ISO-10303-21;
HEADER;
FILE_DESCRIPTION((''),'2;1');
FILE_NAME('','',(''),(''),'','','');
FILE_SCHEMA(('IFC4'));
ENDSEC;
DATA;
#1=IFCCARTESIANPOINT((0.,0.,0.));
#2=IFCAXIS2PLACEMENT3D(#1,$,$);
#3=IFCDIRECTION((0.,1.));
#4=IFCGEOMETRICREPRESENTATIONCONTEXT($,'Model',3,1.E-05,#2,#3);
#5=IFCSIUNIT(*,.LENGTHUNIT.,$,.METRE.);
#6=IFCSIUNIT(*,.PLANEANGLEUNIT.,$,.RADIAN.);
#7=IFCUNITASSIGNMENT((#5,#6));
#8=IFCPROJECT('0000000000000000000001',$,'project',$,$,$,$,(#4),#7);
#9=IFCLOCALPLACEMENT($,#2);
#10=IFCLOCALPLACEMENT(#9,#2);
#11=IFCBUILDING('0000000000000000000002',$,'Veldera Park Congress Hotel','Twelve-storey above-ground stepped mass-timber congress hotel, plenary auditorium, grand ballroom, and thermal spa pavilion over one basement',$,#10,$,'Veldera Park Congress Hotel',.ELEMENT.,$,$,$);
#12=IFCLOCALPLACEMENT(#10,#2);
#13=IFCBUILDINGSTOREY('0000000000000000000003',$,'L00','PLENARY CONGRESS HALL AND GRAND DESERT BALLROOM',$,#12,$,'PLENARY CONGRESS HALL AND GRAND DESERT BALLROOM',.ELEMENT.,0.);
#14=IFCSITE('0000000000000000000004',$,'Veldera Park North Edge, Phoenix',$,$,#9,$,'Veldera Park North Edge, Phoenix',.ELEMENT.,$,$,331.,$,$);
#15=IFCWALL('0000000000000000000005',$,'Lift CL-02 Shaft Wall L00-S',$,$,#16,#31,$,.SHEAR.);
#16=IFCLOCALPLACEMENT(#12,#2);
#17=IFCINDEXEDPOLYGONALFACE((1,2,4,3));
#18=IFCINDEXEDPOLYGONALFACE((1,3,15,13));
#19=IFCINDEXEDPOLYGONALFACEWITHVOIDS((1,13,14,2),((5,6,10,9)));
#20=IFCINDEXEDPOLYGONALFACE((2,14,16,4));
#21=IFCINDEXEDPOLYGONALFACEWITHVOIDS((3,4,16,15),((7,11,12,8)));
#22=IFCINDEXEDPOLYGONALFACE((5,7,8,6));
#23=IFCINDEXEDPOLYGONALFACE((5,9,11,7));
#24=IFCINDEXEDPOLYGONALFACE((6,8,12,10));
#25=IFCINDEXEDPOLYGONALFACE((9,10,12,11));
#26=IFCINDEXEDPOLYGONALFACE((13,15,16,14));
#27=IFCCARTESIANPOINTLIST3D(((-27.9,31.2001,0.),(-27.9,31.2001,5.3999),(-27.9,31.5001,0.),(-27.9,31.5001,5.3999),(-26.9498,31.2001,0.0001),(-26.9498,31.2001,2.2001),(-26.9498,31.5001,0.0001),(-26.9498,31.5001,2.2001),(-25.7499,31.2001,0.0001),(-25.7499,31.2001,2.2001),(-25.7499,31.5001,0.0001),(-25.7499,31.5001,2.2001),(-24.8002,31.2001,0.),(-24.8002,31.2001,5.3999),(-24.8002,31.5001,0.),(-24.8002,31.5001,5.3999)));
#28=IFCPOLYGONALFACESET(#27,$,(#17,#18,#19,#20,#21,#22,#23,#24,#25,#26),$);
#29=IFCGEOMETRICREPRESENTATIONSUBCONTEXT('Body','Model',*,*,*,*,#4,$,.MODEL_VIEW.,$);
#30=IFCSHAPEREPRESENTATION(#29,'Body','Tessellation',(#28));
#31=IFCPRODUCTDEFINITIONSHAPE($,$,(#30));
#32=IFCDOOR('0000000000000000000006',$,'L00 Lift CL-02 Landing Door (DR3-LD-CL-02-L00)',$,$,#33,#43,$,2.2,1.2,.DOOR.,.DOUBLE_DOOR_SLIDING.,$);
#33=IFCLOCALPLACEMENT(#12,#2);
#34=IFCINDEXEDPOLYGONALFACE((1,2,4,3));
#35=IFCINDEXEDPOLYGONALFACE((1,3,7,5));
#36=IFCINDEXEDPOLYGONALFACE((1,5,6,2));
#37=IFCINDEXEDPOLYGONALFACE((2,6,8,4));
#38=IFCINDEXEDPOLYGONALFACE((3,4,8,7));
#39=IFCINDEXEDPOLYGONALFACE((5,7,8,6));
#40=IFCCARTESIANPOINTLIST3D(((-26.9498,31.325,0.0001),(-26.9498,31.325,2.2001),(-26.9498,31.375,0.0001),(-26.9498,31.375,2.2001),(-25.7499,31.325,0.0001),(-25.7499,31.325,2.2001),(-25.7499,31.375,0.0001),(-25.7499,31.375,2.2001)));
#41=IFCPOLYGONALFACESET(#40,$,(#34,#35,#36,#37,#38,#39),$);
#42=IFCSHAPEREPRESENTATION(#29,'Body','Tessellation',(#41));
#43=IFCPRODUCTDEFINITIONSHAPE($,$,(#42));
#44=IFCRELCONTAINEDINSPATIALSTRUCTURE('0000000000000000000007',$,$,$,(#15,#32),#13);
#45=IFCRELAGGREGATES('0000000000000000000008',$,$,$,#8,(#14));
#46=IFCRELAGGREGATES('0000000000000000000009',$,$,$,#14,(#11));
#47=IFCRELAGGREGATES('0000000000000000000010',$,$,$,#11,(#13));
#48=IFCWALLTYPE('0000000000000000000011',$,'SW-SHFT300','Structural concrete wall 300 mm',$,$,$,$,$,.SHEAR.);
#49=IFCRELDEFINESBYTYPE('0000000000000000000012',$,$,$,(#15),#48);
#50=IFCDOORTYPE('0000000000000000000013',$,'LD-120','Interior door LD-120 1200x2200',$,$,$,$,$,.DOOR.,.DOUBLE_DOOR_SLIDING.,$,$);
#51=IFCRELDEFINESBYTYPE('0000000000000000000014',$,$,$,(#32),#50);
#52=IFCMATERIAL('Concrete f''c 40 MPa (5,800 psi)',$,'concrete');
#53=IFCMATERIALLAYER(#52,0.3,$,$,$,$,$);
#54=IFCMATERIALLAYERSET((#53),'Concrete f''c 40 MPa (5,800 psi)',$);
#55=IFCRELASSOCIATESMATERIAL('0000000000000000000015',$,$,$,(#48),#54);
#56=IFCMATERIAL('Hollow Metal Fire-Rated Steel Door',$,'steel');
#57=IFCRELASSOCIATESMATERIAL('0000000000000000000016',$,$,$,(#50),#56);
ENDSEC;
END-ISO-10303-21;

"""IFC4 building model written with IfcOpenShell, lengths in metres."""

from ifc_helpers import new_model, si_unit, direction, frame, frame_2d, origin, place, context, subcontext, project, spatial, rectangle, extrude, material, layer, layer_set, type_object, element, fill, save


model = new_model("IFC4")

# Units and contexts
model_context = context("Model", 3, precision=1e-05, world=origin(), true_north=direction((0.0, 1.0)))
body_context = subcontext(model_context, "Body", "Model", "MODEL_VIEW")
ifc_project = project(units=[si_unit("LENGTHUNIT", "METRE"), si_unit("PLANEANGLEUNIT", "RADIAN")], contexts=[model_context])

# Site, building, storey
site_placement = place(None, origin())
site = spatial("IfcSite", under=ifc_project, at=site_placement, Name="Veldera Park North Edge, Phoenix", LongName="Veldera Park North Edge, Phoenix", CompositionType="ELEMENT", RefElevation=331.0)
building_placement = place(site_placement, origin())
building = spatial("IfcBuilding", under=site, at=building_placement, Name="Veldera Park Congress Hotel", Description="Twelve-storey above-ground stepped mass-timber congress hotel, plenary auditorium, grand ballroom, and thermal spa pavilion over one basement", LongName="Veldera Park Congress Hotel", CompositionType="ELEMENT")
storey_placement = place(building_placement, origin())
storey = spatial("IfcBuildingStorey", under=building, at=storey_placement, Name="L00", Description="PLENARY CONGRESS HALL AND GRAND DESERT BALLROOM", LongName="PLENARY CONGRESS HALL AND GRAND DESERT BALLROOM", CompositionType="ELEMENT", Elevation=0.0)

# Shared definitions
ifc_material_1 = material(Name="Concrete f'c 40 MPa (5,800 psi)", Category="concrete")

# Shared definitions
ifc_layer_1 = layer(ifc_material_1, 0.3)
ifc_layer_set_1 = layer_set([ifc_layer_1], Name="Concrete f'c 40 MPa (5,800 psi)")
wall_type_1 = type_object("IfcWallType", Name="SW-SHFT300", Description="Structural concrete wall 300 mm", PredefinedType="SHEAR", material=ifc_layer_set_1)
ifc_material_2 = material(Name="Hollow Metal Fire-Rated Steel Door", Category="steel")
door_type_1 = type_object("IfcDoorType", Name="LD-120", Description="Interior door LD-120 1200x2200", OperationType="DOUBLE_DOOR_SLIDING", PredefinedType="DOOR", material=ifc_material_2)

# Wall, opening, door
wall_1_placement = place(storey_placement, frame((-27.8999, 31.3501, 0.0), z_axis=(0.0, 0.0, 1.0), x_axis=(1.0, 0.0, 0.0)))
wall_1 = element("IfcWall", 1, at=wall_1_placement, inside=storey, type_object=wall_type_1, Name="Lift CL-02 Shaft Wall L00-S", PredefinedType="SHEAR", context=body_context, shape_type="SweptSolid", body=[
    extrude(rectangle(XDim=3.0999, YDim=0.3, at=frame_2d((1.5498, 0.0))), origin(), (0.0, 0.0, 1.0), 5.3999),
])
opening_1_placement = place(wall_1_placement, frame((0.95, 0.0, 0.0)))
opening_1 = element("IfcOpeningElement", 2, at=opening_1_placement, cuts=wall_1, PredefinedType="OPENING", context=body_context, shape_type="SweptSolid", body=[
    extrude(rectangle(XDim=1.2, YDim=2.2, at=frame_2d((0.6001, 1.1001))), frame((0.0, 0.1621, 0.0), z_axis=(0.0, -1.0, 0.0), x_axis=(1.0, 0.0, 0.0)), (0.0, 0.0, 1.0), 0.324),
])
door_1_placement = place(opening_1_placement, origin())
door_1 = element("IfcDoor", 3, at=door_1_placement, inside=storey, type_object=door_type_1, Name="L00 Lift CL-02 Landing Door (DR3-LD-CL-02-L00)", OperationType="DOUBLE_DOOR_SLIDING", OverallHeight=2.2, OverallWidth=1.2, PredefinedType="DOOR", context=body_context, shape_type="SweptSolid", body=[
    extrude(rectangle(XDim=1.2, YDim=2.2, at=frame_2d((0.6001, 1.1001))), frame((0.0, 0.0249, 0.0), z_axis=(0.0, -1.0, 0.0), x_axis=(1.0, 0.0, 0.0)), (0.0, 0.0, 1.0), 0.05),
])
fill(opening_1, door_1)

save(model, "model.ifc")
